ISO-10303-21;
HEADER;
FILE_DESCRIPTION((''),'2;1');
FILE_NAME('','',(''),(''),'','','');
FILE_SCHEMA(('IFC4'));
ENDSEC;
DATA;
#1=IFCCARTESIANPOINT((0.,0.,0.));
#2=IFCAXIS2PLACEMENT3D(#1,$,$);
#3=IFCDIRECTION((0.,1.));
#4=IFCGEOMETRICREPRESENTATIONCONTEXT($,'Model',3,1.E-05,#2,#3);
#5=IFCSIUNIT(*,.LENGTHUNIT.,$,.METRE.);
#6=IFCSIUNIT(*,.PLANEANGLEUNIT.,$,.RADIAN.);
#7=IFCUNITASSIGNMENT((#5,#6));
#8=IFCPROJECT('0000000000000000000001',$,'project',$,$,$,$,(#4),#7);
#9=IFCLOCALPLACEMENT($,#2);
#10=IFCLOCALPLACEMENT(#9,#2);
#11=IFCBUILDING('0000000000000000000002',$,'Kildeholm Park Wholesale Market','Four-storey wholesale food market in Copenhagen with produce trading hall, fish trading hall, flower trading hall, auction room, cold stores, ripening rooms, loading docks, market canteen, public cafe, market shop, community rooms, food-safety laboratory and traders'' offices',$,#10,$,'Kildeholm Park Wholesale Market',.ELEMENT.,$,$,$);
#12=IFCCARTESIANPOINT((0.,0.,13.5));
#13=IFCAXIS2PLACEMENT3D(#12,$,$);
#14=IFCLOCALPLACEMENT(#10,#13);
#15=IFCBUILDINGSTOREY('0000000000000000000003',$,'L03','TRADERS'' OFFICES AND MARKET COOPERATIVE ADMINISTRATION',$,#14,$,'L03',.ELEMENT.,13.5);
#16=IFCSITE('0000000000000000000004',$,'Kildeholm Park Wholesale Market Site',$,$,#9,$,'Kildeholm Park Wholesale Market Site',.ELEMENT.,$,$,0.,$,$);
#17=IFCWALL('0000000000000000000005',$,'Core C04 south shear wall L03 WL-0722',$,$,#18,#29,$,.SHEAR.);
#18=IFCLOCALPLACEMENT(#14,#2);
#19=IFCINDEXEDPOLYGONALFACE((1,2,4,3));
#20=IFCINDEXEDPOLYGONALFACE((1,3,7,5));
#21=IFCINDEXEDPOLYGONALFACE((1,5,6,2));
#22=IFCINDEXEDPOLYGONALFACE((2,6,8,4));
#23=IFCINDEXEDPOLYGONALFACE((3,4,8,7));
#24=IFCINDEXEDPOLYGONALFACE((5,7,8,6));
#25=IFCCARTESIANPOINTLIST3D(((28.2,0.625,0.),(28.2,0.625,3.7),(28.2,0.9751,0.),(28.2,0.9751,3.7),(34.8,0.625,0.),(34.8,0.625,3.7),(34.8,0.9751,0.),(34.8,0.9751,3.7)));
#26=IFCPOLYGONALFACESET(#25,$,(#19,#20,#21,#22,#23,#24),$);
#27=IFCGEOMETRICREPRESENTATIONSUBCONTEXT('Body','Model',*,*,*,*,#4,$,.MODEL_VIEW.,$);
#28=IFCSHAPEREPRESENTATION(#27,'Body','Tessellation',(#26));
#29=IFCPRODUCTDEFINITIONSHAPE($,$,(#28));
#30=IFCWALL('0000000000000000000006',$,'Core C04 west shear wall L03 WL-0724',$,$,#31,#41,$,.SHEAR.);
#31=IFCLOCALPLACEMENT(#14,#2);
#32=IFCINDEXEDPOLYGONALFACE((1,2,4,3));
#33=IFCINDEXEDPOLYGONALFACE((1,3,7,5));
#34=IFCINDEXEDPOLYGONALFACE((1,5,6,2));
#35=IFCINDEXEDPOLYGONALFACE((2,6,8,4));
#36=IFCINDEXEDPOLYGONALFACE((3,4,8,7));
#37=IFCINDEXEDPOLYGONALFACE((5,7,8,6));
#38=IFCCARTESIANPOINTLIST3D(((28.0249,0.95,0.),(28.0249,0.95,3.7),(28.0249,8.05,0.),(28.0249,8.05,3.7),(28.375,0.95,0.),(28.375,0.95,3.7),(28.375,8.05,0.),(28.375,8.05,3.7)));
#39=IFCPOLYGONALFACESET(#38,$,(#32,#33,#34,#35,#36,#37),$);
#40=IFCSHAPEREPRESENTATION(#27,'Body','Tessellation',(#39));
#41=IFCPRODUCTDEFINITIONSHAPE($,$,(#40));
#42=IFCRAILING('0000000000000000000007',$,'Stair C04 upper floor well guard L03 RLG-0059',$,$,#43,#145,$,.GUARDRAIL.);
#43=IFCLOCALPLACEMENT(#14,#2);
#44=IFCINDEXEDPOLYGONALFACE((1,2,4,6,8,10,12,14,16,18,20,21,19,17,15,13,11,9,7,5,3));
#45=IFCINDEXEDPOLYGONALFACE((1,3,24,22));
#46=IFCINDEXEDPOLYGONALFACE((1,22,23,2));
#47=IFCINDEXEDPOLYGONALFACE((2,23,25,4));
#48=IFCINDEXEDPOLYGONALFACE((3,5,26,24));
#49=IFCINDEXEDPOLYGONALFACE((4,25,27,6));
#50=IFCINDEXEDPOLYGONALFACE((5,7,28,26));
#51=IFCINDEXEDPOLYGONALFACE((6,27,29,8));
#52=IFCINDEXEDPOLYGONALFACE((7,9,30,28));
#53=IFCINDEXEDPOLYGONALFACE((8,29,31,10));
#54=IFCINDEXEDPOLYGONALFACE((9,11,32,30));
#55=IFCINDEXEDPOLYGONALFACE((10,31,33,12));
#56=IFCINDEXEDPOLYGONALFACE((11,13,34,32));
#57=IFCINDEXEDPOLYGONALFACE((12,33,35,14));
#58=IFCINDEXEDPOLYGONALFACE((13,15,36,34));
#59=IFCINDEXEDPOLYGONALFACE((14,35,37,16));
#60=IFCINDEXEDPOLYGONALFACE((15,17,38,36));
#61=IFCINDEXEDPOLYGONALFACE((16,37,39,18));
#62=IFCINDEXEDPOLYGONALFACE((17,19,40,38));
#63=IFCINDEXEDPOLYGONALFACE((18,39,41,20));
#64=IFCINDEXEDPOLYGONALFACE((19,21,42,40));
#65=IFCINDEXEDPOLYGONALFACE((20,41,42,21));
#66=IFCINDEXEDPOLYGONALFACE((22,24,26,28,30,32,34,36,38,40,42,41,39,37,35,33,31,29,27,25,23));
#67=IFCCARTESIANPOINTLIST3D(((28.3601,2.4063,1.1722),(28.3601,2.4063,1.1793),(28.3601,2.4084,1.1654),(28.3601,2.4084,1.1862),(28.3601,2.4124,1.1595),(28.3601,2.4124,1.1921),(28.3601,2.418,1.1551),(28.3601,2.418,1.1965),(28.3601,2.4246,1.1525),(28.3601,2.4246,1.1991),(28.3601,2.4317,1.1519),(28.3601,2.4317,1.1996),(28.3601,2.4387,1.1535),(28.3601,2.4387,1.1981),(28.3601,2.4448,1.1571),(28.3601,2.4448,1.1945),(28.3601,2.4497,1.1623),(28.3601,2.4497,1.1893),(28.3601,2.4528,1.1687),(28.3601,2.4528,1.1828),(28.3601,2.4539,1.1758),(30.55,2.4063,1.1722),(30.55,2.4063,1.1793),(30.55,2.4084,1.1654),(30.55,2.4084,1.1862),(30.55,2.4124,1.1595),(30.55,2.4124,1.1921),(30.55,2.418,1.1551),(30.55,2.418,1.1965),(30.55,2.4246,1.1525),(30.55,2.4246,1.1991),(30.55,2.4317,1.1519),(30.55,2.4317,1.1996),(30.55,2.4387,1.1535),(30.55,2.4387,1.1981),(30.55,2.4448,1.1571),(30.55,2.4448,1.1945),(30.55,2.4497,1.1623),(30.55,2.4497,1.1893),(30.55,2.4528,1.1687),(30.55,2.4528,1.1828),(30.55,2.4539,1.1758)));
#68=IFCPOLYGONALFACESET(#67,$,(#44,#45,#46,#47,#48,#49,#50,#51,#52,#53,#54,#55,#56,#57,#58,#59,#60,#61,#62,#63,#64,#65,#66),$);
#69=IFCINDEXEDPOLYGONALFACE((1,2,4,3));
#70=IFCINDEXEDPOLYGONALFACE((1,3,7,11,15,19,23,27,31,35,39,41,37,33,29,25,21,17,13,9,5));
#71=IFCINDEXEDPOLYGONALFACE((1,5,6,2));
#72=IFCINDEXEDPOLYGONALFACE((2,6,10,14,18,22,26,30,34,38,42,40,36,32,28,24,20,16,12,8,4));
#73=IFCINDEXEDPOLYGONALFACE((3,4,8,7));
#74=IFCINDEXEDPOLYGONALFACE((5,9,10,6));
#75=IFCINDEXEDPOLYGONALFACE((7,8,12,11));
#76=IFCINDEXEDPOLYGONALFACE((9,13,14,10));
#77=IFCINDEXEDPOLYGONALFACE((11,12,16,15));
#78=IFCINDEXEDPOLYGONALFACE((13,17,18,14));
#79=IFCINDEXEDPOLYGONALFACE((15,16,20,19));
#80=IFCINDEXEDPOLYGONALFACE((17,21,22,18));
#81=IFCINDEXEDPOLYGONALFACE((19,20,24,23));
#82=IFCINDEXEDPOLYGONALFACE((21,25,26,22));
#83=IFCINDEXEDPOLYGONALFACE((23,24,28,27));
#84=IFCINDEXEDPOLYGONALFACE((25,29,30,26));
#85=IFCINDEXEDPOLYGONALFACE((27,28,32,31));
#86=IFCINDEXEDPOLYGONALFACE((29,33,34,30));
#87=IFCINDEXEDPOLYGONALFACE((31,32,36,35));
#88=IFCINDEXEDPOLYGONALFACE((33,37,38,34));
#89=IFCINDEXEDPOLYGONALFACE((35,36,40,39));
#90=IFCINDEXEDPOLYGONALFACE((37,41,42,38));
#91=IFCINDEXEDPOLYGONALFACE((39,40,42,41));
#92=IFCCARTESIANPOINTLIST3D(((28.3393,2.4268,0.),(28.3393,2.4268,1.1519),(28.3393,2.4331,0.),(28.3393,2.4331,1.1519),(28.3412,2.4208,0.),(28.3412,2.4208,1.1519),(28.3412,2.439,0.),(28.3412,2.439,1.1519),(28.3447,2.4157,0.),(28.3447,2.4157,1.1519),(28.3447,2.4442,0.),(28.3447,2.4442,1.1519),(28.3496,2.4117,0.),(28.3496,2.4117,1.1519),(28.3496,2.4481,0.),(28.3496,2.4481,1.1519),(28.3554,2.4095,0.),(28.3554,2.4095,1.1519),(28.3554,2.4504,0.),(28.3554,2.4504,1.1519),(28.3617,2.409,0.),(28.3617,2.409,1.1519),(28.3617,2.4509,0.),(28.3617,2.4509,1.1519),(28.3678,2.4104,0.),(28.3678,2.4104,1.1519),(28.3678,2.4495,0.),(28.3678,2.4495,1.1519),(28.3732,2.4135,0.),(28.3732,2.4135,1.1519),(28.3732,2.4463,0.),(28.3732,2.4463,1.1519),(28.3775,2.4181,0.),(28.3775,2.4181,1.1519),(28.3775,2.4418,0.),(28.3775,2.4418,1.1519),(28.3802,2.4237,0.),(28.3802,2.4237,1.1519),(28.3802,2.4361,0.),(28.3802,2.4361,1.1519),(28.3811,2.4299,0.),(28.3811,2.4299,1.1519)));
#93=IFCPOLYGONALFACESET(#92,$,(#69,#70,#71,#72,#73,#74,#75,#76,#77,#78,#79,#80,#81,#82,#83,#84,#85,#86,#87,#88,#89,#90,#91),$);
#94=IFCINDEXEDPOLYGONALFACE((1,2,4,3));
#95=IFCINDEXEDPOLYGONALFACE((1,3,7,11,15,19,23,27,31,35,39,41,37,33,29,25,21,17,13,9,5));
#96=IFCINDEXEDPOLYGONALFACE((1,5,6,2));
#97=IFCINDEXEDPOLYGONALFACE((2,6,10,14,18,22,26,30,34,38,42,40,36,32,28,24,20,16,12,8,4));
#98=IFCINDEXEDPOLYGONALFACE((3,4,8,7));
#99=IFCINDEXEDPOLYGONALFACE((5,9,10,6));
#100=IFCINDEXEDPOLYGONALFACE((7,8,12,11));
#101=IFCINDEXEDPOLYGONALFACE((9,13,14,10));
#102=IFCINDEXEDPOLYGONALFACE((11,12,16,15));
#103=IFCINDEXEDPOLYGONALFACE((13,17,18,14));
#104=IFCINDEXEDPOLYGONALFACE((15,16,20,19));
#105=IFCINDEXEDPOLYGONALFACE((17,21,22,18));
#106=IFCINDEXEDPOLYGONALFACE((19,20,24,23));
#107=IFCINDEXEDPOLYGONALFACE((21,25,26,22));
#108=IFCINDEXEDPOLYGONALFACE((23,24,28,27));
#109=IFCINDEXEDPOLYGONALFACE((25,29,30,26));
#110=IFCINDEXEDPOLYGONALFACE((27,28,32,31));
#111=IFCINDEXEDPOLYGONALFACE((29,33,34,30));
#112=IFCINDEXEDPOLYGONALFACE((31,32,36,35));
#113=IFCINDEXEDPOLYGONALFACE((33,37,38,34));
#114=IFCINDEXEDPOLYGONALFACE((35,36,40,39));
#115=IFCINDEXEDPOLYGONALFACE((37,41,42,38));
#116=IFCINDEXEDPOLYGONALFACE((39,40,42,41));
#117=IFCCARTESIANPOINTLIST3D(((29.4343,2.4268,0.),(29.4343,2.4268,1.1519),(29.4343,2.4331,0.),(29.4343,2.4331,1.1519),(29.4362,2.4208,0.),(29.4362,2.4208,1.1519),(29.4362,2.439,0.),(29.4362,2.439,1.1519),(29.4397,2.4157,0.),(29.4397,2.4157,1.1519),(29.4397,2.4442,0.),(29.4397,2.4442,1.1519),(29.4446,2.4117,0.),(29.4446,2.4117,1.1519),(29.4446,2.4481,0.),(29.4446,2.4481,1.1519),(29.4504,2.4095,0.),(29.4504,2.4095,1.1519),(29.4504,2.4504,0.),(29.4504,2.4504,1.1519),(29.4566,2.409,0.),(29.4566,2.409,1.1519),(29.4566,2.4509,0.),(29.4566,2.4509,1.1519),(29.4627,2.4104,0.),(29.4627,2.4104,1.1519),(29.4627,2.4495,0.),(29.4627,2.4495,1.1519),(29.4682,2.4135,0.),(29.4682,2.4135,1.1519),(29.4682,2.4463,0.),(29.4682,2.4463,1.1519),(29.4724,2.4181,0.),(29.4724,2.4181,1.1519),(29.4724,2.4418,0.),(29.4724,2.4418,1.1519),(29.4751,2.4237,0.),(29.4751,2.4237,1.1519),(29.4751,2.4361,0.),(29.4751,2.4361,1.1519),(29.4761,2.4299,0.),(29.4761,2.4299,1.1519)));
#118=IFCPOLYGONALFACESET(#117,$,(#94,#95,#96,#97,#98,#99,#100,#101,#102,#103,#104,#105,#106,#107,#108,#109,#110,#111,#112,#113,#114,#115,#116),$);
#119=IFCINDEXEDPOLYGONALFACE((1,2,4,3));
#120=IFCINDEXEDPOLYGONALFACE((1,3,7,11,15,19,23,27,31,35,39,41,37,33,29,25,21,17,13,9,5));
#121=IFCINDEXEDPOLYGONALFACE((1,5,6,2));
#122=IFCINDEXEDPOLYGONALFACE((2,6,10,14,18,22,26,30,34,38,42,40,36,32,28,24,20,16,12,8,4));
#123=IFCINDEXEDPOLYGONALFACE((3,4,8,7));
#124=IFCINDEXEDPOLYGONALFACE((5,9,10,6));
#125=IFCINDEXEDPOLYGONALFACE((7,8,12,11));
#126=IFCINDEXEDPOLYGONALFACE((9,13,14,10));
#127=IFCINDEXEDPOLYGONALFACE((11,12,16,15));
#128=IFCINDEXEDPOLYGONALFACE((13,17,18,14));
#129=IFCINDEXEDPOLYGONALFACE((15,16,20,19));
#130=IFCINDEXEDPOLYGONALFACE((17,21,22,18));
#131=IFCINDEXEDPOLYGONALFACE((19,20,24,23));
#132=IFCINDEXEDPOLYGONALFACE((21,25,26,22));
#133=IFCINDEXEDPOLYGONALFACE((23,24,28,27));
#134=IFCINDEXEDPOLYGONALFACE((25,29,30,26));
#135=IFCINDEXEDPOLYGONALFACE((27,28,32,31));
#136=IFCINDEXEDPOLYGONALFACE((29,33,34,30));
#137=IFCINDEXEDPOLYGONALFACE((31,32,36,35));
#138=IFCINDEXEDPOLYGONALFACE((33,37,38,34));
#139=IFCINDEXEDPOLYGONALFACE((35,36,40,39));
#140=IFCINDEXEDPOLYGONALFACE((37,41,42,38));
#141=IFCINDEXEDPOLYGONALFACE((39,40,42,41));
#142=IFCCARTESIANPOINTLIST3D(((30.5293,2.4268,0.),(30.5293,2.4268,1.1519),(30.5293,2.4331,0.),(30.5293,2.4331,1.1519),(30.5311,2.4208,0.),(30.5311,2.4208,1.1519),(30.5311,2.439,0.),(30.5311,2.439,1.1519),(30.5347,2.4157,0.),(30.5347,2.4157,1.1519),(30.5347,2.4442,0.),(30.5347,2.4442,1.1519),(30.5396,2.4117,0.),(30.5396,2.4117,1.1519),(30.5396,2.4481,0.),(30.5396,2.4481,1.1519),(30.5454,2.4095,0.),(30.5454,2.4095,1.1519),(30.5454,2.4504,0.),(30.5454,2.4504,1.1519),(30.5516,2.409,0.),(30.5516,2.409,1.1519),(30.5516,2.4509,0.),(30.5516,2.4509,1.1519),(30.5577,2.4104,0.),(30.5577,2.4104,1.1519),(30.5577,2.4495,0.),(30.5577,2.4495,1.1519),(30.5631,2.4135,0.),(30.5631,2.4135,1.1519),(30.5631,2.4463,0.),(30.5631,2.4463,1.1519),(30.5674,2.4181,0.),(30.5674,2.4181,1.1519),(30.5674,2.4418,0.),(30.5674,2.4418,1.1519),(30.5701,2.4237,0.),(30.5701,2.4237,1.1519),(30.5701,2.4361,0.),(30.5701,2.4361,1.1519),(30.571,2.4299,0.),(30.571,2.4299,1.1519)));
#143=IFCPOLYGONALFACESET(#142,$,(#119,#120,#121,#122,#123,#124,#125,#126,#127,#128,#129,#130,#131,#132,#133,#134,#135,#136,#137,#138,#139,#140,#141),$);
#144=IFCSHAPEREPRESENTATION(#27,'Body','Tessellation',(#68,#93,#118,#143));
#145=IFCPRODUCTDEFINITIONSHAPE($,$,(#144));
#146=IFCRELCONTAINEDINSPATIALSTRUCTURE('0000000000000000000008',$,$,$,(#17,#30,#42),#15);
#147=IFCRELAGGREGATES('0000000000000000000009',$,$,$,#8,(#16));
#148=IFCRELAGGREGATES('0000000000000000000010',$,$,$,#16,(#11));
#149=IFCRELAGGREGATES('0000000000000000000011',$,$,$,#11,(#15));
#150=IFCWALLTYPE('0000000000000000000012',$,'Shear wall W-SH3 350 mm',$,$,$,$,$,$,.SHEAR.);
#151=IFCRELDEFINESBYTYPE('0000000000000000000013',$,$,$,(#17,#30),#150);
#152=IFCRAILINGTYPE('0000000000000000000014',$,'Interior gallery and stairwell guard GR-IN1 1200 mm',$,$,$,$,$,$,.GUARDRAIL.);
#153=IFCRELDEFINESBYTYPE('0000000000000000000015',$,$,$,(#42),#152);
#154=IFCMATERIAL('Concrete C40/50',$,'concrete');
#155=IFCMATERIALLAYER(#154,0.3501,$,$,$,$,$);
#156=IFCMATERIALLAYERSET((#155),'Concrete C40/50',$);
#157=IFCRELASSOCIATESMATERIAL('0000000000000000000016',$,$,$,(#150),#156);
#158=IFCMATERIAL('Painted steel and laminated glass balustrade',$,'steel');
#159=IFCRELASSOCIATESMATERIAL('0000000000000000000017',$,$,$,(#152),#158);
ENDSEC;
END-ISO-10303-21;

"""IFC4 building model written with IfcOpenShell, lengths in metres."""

from ifc_helpers import new_model, si_unit, direction, frame, frame_2d, origin, origin_2d, place, context, subcontext, project, spatial, rectangle, circle, extrude, material, layer, layer_set, type_object, element, save


model = new_model("IFC4")

# Units and contexts
model_context = context("Model", 3, precision=1e-05, world=origin(), true_north=direction((0.0, 1.0)))
body_context = subcontext(model_context, "Body", "Model", "MODEL_VIEW")
ifc_project = project(units=[si_unit("LENGTHUNIT", "METRE"), si_unit("PLANEANGLEUNIT", "RADIAN")], contexts=[model_context])

# Site, building, storey
site_placement = place(None, origin())
site = spatial("IfcSite", under=ifc_project, at=site_placement, Name="Kildeholm Park Wholesale Market Site", LongName="Kildeholm Park Wholesale Market Site", CompositionType="ELEMENT", RefElevation=0.0)
building_placement = place(site_placement, origin())
building = spatial("IfcBuilding", under=site, at=building_placement, Name="Kildeholm Park Wholesale Market", Description="Four-storey wholesale food market in Copenhagen with produce trading hall, fish trading hall, flower trading hall, auction room, cold stores, ripening rooms, loading docks, market canteen, public cafe, market shop, community rooms, food-safety laboratory and traders' offices", LongName="Kildeholm Park Wholesale Market", CompositionType="ELEMENT")
storey_placement = place(building_placement, frame((0.0, 0.0, 13.5)))
storey = spatial("IfcBuildingStorey", under=building, at=storey_placement, Name="L03", Description="TRADERS' OFFICES AND MARKET COOPERATIVE ADMINISTRATION", LongName="L03", CompositionType="ELEMENT", Elevation=13.5)

# Shared definitions
ifc_material_1 = material(Name="Concrete C40/50", Category="concrete")

# Walls
ifc_layer_1 = layer(ifc_material_1, 0.3501)
ifc_layer_set_1 = layer_set([ifc_layer_1], Name="Concrete C40/50")
wall_type_1 = type_object("IfcWallType", Name="Shear wall W-SH3 350 mm", PredefinedType="SHEAR", material=ifc_layer_set_1)
wall_1_placement = place(storey_placement, frame((28.2, 0.8, 0.0), z_axis=(0.0, 0.0, 1.0), x_axis=(1.0, 0.0, 0.0)))
element("IfcWall", 1, at=wall_1_placement, inside=storey, type_object=wall_type_1, Name="Core C04 south shear wall L03 WL-0722", PredefinedType="SHEAR", context=body_context, shape_type="SweptSolid", body=[
    extrude(rectangle(XDim=6.6001, YDim=0.3501, at=frame_2d((3.3, 0.0))), origin(), (0.0, 0.0, 1.0), 3.7),
])
wall_2_placement = place(storey_placement, frame((28.2, 0.95, 0.0), z_axis=(0.0, 0.0, 1.0), x_axis=(0.0, 1.0, 0.0)))
element("IfcWall", 2, at=wall_2_placement, inside=storey, type_object=wall_type_1, Name="Core C04 west shear wall L03 WL-0724", PredefinedType="SHEAR", context=body_context, shape_type="SweptSolid", body=[
    extrude(rectangle(XDim=7.1001, YDim=0.3501, at=frame_2d((3.55, 0.0))), origin(), (0.0, 0.0, 1.0), 3.7),
])

# Railing
ifc_material_2 = material(Name="Painted steel and laminated glass balustrade", Category="steel")
railing_type_1 = type_object("IfcRailingType", Name="Interior gallery and stairwell guard GR-IN1 1200 mm", PredefinedType="GUARDRAIL", material=ifc_material_2)
railing_1_placement = place(storey_placement, frame((28.3601, 2.4299, 0.0)))
element("IfcRailing", 3, at=railing_1_placement, inside=storey, type_object=railing_type_1, Name="Stair C04 upper floor well guard L03 RLG-0059", PredefinedType="GUARDRAIL", context=body_context, shape_type="SweptSolid", body=[
    extrude(circle(Radius=0.0239, at=origin_2d()), frame((0.0, 0.0, 1.1758), z_axis=(1.0, 0.0, 0.0), x_axis=(0.0, 1.0, 0.0)), (0.0, 0.0, 1.0), 2.1899),
    extrude(circle(Radius=0.021, at=origin_2d()), origin(), (0.0, 0.0, 1.0), 1.1519),
    extrude(circle(Radius=0.021, at=origin_2d()), frame((1.095, 0.0, 0.0)), (0.0, 0.0, 1.0), 1.1519),
    extrude(circle(Radius=0.021, at=origin_2d()), frame((2.1899, 0.0, 0.0)), (0.0, 0.0, 1.0), 1.1519),
])

save(model, "model.ifc")
